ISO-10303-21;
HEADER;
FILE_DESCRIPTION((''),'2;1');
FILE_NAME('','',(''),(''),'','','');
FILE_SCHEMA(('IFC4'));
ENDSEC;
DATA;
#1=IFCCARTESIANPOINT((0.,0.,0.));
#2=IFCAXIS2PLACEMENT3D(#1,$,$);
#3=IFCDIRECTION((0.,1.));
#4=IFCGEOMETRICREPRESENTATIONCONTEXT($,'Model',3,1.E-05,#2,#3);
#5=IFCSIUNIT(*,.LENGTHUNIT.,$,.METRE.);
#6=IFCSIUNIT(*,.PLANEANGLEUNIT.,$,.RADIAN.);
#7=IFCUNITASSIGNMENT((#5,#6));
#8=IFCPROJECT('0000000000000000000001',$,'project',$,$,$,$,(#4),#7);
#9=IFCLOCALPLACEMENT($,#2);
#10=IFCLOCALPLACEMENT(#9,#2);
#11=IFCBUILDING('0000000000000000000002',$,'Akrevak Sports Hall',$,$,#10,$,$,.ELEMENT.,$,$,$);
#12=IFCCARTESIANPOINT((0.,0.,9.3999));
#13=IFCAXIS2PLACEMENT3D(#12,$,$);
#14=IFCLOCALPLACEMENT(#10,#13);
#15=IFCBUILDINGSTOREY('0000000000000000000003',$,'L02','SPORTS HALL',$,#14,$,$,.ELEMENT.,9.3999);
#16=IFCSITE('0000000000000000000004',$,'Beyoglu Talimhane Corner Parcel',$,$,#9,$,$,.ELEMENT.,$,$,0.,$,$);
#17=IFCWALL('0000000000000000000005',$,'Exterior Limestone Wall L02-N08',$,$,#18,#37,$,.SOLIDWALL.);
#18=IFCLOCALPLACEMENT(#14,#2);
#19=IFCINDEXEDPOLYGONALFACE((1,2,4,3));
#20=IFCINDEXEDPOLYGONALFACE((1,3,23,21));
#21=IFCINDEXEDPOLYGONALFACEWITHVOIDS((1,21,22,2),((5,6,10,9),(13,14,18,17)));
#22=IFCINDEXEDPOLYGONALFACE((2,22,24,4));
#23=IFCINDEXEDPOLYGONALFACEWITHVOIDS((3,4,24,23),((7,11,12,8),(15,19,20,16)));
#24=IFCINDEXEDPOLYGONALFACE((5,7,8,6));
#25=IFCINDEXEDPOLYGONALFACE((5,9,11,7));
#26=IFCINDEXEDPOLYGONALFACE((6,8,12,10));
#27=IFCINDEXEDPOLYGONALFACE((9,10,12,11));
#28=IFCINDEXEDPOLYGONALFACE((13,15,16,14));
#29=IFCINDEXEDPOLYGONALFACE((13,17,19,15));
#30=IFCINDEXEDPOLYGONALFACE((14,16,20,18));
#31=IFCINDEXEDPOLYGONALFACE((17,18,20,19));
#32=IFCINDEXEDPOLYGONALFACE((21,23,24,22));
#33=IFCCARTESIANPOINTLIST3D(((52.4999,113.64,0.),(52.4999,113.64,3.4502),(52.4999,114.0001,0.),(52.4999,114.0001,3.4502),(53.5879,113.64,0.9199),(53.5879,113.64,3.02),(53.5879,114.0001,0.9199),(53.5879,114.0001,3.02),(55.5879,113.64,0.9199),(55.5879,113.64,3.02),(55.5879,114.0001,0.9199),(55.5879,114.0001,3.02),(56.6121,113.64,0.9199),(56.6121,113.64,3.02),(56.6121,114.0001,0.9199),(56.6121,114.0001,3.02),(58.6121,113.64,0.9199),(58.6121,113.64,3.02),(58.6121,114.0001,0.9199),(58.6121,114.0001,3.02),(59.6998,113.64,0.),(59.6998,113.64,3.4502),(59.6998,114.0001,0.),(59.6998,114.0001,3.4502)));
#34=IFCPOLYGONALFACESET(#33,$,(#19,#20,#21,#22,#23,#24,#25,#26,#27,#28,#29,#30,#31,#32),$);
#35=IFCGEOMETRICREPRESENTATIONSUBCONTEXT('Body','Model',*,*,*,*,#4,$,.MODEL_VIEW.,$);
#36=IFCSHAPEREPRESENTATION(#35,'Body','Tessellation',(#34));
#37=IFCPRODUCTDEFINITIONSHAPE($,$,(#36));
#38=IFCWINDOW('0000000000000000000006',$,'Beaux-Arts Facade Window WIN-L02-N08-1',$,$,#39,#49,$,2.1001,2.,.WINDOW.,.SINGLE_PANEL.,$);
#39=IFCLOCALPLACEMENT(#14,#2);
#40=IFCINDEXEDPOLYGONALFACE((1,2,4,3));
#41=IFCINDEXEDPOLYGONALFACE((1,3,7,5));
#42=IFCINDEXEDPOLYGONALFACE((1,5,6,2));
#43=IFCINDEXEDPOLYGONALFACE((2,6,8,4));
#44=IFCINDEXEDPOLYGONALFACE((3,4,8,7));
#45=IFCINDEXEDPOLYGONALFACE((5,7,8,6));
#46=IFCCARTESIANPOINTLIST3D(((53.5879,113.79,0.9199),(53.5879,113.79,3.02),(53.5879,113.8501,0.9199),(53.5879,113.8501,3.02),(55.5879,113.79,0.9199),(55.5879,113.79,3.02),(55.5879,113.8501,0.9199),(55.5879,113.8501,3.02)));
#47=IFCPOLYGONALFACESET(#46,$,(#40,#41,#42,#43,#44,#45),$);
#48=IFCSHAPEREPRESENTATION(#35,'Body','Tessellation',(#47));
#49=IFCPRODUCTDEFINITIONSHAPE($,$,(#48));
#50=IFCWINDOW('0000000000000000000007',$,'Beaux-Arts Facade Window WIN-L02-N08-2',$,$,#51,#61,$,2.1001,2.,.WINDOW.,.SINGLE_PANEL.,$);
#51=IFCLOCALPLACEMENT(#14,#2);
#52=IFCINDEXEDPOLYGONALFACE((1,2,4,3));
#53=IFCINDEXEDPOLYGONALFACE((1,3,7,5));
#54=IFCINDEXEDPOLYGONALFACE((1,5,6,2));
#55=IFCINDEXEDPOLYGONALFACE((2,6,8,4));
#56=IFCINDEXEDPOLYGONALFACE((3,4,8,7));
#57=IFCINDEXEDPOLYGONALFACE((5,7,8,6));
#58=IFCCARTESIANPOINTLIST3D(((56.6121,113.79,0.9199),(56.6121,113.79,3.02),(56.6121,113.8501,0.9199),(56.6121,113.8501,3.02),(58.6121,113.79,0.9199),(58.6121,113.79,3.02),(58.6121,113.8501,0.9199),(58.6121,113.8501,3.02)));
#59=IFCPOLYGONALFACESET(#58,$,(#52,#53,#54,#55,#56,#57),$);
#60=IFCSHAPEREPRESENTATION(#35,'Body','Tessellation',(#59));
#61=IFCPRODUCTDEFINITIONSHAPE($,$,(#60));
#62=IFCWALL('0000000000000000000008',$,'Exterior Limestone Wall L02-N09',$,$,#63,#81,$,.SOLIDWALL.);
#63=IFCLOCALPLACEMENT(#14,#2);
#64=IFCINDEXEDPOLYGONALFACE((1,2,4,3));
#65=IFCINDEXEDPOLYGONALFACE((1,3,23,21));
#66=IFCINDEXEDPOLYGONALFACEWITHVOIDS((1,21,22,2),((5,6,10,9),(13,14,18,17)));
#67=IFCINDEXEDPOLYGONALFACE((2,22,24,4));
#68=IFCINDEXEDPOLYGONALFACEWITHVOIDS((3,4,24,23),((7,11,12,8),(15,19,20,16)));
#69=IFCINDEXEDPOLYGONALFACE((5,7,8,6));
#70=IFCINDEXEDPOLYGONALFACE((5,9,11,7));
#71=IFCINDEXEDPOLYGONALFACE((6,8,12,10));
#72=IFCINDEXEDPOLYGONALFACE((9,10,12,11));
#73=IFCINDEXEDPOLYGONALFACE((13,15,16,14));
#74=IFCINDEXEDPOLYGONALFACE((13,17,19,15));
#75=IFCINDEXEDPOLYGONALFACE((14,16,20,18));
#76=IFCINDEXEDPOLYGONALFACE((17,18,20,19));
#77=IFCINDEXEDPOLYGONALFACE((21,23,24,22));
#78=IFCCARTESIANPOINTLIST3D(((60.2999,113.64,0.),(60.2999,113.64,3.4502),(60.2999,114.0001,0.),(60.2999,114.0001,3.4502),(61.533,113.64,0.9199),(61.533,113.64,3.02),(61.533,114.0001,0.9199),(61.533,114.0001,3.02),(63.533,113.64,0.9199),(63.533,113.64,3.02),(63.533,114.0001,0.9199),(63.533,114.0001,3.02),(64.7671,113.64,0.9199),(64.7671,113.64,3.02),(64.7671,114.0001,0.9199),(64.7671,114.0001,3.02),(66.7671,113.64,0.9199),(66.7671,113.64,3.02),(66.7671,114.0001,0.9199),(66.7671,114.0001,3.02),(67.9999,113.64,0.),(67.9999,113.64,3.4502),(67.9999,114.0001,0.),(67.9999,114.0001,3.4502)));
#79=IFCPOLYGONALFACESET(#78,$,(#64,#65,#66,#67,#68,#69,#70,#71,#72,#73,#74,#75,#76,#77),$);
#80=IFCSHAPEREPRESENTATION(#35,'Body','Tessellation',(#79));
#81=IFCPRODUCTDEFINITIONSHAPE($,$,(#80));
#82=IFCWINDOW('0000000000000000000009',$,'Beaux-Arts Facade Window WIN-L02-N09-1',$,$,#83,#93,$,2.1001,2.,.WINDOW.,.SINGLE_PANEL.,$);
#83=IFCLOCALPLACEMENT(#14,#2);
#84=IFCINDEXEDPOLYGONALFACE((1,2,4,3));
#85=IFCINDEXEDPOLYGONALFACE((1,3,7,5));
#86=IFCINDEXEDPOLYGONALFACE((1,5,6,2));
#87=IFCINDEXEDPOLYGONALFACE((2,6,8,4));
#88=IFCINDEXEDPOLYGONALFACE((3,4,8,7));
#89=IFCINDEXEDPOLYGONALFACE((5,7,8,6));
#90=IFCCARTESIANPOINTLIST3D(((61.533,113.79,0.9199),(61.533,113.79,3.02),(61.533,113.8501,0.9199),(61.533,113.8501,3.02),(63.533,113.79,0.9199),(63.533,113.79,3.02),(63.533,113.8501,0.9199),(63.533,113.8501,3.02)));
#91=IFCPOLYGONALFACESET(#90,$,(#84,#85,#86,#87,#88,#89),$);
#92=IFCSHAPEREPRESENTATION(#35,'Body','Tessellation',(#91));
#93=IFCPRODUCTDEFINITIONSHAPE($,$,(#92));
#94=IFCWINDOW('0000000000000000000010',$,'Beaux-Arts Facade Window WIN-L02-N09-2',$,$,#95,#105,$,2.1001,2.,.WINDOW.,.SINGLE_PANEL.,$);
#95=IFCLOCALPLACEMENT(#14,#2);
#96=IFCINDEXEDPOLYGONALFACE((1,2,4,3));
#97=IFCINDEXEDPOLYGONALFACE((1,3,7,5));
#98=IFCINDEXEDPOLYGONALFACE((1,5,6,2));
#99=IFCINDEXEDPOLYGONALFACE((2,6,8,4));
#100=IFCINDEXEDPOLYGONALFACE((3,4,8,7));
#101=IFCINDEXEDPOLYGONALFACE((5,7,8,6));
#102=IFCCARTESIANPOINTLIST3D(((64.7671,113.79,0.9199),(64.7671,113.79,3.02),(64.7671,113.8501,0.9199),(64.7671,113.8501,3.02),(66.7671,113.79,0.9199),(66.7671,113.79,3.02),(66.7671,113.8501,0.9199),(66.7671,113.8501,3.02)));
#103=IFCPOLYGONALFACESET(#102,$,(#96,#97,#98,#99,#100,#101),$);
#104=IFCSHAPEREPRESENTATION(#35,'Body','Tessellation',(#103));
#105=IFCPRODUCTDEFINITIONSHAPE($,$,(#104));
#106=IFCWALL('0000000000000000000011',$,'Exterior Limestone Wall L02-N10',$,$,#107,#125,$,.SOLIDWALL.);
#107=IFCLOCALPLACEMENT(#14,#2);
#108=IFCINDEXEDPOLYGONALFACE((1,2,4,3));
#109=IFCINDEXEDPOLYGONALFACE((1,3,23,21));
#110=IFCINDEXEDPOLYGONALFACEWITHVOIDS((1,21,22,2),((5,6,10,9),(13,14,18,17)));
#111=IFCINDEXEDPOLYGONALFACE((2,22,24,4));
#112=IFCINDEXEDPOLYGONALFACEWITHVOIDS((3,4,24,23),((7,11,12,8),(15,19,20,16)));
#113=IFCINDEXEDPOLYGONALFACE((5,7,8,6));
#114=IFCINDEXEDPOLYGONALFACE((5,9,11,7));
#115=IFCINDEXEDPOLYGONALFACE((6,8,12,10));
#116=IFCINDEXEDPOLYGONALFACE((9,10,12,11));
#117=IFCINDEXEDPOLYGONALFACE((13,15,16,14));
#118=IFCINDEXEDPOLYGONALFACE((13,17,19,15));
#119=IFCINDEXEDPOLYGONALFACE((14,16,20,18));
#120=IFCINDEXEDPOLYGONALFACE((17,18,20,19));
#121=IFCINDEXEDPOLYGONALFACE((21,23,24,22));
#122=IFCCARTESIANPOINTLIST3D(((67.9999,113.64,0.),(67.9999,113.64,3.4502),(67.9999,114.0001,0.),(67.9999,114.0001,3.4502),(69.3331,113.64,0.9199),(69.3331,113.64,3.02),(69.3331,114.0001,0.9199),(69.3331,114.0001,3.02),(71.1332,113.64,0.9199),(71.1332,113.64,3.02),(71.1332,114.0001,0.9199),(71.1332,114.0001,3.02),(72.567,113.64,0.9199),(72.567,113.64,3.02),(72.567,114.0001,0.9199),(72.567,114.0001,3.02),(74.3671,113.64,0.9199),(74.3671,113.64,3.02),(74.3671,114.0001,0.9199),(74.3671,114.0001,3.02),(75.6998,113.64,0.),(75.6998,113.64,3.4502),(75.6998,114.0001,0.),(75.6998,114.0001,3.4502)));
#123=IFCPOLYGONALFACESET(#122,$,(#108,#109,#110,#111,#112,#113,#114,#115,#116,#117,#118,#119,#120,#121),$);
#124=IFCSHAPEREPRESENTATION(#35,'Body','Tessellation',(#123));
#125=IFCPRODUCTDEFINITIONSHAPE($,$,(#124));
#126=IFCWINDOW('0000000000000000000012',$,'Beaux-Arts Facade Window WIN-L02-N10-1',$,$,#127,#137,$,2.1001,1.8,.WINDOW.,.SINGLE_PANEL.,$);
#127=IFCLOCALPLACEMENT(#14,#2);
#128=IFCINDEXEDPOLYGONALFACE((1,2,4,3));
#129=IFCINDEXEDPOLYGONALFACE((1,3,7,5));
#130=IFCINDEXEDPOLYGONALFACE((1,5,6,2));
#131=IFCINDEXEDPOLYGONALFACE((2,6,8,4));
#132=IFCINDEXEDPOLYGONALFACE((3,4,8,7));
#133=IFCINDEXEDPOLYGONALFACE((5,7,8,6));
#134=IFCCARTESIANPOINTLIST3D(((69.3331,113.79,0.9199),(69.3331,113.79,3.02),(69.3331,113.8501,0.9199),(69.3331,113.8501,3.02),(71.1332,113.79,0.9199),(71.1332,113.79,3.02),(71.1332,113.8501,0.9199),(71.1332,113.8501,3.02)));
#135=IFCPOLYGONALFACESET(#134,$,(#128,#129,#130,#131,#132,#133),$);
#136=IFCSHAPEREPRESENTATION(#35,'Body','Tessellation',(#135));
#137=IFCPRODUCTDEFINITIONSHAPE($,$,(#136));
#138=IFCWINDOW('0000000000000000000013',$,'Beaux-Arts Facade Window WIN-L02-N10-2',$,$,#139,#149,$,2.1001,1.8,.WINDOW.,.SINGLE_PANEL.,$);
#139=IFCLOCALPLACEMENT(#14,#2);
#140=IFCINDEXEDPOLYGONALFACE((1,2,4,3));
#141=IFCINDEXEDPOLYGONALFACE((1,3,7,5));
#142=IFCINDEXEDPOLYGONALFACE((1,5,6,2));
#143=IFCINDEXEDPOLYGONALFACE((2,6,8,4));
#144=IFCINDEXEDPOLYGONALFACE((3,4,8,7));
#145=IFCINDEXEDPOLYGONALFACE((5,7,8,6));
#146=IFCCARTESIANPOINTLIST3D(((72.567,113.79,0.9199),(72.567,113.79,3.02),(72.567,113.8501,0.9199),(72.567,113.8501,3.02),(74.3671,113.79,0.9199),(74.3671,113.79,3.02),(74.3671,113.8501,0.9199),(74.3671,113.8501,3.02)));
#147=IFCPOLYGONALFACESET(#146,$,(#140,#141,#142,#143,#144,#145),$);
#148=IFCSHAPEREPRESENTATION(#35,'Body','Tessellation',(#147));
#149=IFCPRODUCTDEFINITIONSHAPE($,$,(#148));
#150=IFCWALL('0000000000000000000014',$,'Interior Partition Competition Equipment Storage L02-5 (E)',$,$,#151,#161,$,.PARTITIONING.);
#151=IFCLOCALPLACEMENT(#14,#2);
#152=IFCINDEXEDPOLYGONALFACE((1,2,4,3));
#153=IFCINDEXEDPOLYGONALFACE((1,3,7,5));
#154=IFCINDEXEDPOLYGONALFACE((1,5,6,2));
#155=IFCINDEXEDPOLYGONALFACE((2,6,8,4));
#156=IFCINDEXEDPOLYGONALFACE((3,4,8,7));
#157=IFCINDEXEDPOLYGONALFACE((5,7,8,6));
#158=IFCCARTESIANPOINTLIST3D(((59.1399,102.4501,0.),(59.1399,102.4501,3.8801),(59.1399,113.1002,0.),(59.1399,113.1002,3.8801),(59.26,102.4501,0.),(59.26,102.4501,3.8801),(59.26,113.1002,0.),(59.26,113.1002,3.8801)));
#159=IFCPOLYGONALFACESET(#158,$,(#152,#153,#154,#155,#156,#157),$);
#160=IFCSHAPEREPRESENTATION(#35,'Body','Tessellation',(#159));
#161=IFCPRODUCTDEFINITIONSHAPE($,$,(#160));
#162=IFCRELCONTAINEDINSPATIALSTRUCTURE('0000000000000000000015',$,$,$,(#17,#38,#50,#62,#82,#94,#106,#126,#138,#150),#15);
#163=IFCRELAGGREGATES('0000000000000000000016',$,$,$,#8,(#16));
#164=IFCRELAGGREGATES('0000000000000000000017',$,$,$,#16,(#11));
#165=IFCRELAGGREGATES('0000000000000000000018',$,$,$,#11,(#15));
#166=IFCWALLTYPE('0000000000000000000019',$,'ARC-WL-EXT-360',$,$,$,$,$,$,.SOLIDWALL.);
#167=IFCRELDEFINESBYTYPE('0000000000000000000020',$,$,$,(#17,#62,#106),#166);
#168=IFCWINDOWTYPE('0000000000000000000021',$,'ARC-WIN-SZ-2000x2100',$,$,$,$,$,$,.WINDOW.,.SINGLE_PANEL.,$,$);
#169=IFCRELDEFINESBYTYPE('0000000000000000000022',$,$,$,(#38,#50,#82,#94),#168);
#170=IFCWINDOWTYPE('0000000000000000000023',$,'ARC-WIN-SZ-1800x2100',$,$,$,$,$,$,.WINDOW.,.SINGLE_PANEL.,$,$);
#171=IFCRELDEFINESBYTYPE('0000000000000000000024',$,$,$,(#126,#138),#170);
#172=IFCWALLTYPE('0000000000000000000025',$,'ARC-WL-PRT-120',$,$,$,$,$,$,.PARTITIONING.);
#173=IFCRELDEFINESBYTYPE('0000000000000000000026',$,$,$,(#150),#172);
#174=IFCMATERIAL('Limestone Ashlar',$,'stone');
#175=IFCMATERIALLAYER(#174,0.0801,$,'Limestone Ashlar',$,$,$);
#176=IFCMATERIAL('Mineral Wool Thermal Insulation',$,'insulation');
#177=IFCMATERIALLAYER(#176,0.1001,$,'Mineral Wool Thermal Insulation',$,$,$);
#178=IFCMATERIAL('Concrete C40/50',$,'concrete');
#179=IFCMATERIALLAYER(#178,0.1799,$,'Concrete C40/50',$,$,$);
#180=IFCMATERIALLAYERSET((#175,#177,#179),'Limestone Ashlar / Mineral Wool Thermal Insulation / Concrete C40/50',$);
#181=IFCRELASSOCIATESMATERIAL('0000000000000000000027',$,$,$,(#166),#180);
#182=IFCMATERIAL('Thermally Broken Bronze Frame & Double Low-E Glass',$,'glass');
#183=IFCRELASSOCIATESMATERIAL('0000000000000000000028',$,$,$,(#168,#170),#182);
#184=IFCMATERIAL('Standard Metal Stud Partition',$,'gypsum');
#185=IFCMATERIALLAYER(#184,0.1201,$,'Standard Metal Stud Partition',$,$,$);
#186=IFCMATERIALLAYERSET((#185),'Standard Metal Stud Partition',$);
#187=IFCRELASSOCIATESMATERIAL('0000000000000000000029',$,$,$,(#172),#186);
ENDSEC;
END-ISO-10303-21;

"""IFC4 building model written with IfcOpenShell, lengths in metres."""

from ifc_helpers import new_model, si_unit, direction, frame, frame_2d, origin, place, context, subcontext, project, spatial, rectangle, extrude, material, layer, layer_set, type_object, element, fill, save


model = new_model("IFC4")

# Units and contexts
model_context = context("Model", 3, precision=1e-05, world=origin(), true_north=direction((0.0, 1.0)))
body_context = subcontext(model_context, "Body", "Model", "MODEL_VIEW")
ifc_project = project(units=[si_unit("LENGTHUNIT", "METRE"), si_unit("PLANEANGLEUNIT", "RADIAN")], contexts=[model_context])

# Site, building, storey
site_placement = place(None, origin())
site = spatial("IfcSite", under=ifc_project, at=site_placement, Name="Beyoglu Talimhane Corner Parcel", CompositionType="ELEMENT", RefElevation=0.0)
building_placement = place(site_placement, origin())
building = spatial("IfcBuilding", under=site, at=building_placement, Name="Akrevak Sports Hall", CompositionType="ELEMENT")
storey_placement = place(building_placement, frame((0.0, 0.0, 9.3999)))
storey = spatial("IfcBuildingStorey", under=building, at=storey_placement, Name="L02", Description="SPORTS HALL", CompositionType="ELEMENT", Elevation=9.3999)

# Shared definitions
ifc_material_1 = material(Name="Concrete C40/50", Category="concrete")

# Walls, openings, windows
ifc_material_2 = material(Name="Limestone Ashlar", Category="stone")
ifc_layer_1 = layer(ifc_material_2, 0.0801, Name="Limestone Ashlar")
ifc_material_3 = material(Name="Mineral Wool Thermal Insulation", Category="insulation")
ifc_layer_2 = layer(ifc_material_3, 0.1001, Name="Mineral Wool Thermal Insulation")
ifc_layer_3 = layer(ifc_material_1, 0.1799, Name="Concrete C40/50")
ifc_layer_set_1 = layer_set([ifc_layer_1, ifc_layer_2, ifc_layer_3], Name="Limestone Ashlar / Mineral Wool Thermal Insulation / Concrete C40/50")
wall_type_1 = type_object("IfcWallType", Name="ARC-WL-EXT-360", PredefinedType="SOLIDWALL", material=ifc_layer_set_1)
ifc_material_4 = material(Name="Thermally Broken Bronze Frame & Double Low-E Glass", Category="glass")
window_type_1 = type_object("IfcWindowType", Name="ARC-WIN-SZ-2000x2100", PartitioningType="SINGLE_PANEL", PredefinedType="WINDOW", material=ifc_material_4)
wall_1_placement = place(storey_placement, frame((59.7, 113.8201, 0.0), z_axis=(0.0, 0.0, 1.0), x_axis=(-1.0, 0.0, 0.0)))
wall_1 = element("IfcWall", 1, at=wall_1_placement, inside=storey, type_object=wall_type_1, Name="Exterior Limestone Wall L02-N08", PredefinedType="SOLIDWALL", context=body_context, shape_type="SweptSolid", body=[
    extrude(rectangle(XDim=7.2, YDim=0.3601, at=frame_2d((3.6001, 0.0))), origin(), (0.0, 0.0, 1.0), 3.4502),
])
opening_1_placement = place(wall_1_placement, frame((4.1121, 0.0, 0.9199)))
opening_1 = element("IfcOpeningElement", 2, at=opening_1_placement, cuts=wall_1, PredefinedType="OPENING", context=body_context, shape_type="SweptSolid", body=[
    extrude(rectangle(XDim=2.0, YDim=2.1001, at=frame_2d((1.0, 1.05))), frame((0.0, 0.1919, 0.0), z_axis=(0.0, -1.0, 0.0), x_axis=(1.0, 0.0, 0.0)), (0.0, 0.0, 1.0), 0.384),
])
opening_2_placement = place(wall_1_placement, frame((1.0879, 0.0, 0.9199)))
opening_2 = element("IfcOpeningElement", 3, at=opening_2_placement, cuts=wall_1, PredefinedType="OPENING", context=body_context, shape_type="SweptSolid", body=[
    extrude(rectangle(XDim=2.0, YDim=2.1001, at=frame_2d((1.0, 1.05))), frame((0.0, 0.1919, 0.0), z_axis=(0.0, -1.0, 0.0), x_axis=(1.0, 0.0, 0.0)), (0.0, 0.0, 1.0), 0.384),
])
window_1_placement = place(opening_1_placement, origin())
window_1 = element("IfcWindow", 4, at=window_1_placement, inside=storey, type_object=window_type_1, Name="Beaux-Arts Facade Window WIN-L02-N08-1", OverallHeight=2.1001, OverallWidth=2.0, PartitioningType="SINGLE_PANEL", PredefinedType="WINDOW", context=body_context, shape_type="SweptSolid", body=[
    extrude(rectangle(XDim=2.0, YDim=2.1001, at=frame_2d((1.0, 1.05))), frame((0.0, 0.03, 0.0), z_axis=(0.0, -1.0, 0.0), x_axis=(1.0, 0.0, 0.0)), (0.0, 0.0, 1.0), 0.0601),
])
fill(opening_1, window_1)
window_2_placement = place(opening_2_placement, origin())
window_2 = element("IfcWindow", 5, at=window_2_placement, inside=storey, type_object=window_type_1, Name="Beaux-Arts Facade Window WIN-L02-N08-2", OverallHeight=2.1001, OverallWidth=2.0, PartitioningType="SINGLE_PANEL", PredefinedType="WINDOW", context=body_context, shape_type="SweptSolid", body=[
    extrude(rectangle(XDim=2.0, YDim=2.1001, at=frame_2d((1.0, 1.05))), frame((0.0, 0.03, 0.0), z_axis=(0.0, -1.0, 0.0), x_axis=(1.0, 0.0, 0.0)), (0.0, 0.0, 1.0), 0.0601),
])
fill(opening_2, window_2)
wall_2_placement = place(storey_placement, frame((68.0, 113.8201, 0.0), z_axis=(0.0, 0.0, 1.0), x_axis=(-1.0, 0.0, 0.0)))
wall_2 = element("IfcWall", 6, at=wall_2_placement, inside=storey, type_object=wall_type_1, Name="Exterior Limestone Wall L02-N09", PredefinedType="SOLIDWALL", context=body_context, shape_type="SweptSolid", body=[
    extrude(rectangle(XDim=7.7, YDim=0.3601, at=frame_2d((3.8501, 0.0))), origin(), (0.0, 0.0, 1.0), 3.4502),
])
opening_3_placement = place(wall_2_placement, frame((4.467, 0.0, 0.9199)))
opening_3 = element("IfcOpeningElement", 7, at=opening_3_placement, cuts=wall_2, PredefinedType="OPENING", context=body_context, shape_type="SweptSolid", body=[
    extrude(rectangle(XDim=2.0, YDim=2.1001, at=frame_2d((1.0, 1.05))), frame((0.0, 0.1919, 0.0), z_axis=(0.0, -1.0, 0.0), x_axis=(1.0, 0.0, 0.0)), (0.0, 0.0, 1.0), 0.384),
])
opening_4_placement = place(wall_2_placement, frame((1.2329, 0.0, 0.9199)))
opening_4 = element("IfcOpeningElement", 8, at=opening_4_placement, cuts=wall_2, PredefinedType="OPENING", context=body_context, shape_type="SweptSolid", body=[
    extrude(rectangle(XDim=2.0, YDim=2.1001, at=frame_2d((1.0, 1.05))), frame((0.0, 0.1919, 0.0), z_axis=(0.0, -1.0, 0.0), x_axis=(1.0, 0.0, 0.0)), (0.0, 0.0, 1.0), 0.384),
])
window_3_placement = place(opening_3_placement, origin())
window_3 = element("IfcWindow", 9, at=window_3_placement, inside=storey, type_object=window_type_1, Name="Beaux-Arts Facade Window WIN-L02-N09-1", OverallHeight=2.1001, OverallWidth=2.0, PartitioningType="SINGLE_PANEL", PredefinedType="WINDOW", context=body_context, shape_type="SweptSolid", body=[
    extrude(rectangle(XDim=2.0, YDim=2.1001, at=frame_2d((1.0, 1.05))), frame((0.0, 0.03, 0.0), z_axis=(0.0, -1.0, 0.0), x_axis=(1.0, 0.0, 0.0)), (0.0, 0.0, 1.0), 0.0601),
])
fill(opening_3, window_3)
window_4_placement = place(opening_4_placement, origin())
window_4 = element("IfcWindow", 10, at=window_4_placement, inside=storey, type_object=window_type_1, Name="Beaux-Arts Facade Window WIN-L02-N09-2", OverallHeight=2.1001, OverallWidth=2.0, PartitioningType="SINGLE_PANEL", PredefinedType="WINDOW", context=body_context, shape_type="SweptSolid", body=[
    extrude(rectangle(XDim=2.0, YDim=2.1001, at=frame_2d((1.0, 1.05))), frame((0.0, 0.03, 0.0), z_axis=(0.0, -1.0, 0.0), x_axis=(1.0, 0.0, 0.0)), (0.0, 0.0, 1.0), 0.0601),
])
fill(opening_4, window_4)
wall_3_placement = place(storey_placement, frame((75.7, 113.8201, 0.0), z_axis=(0.0, 0.0, 1.0), x_axis=(-1.0, 0.0, 0.0)))
wall_3 = element("IfcWall", 11, at=wall_3_placement, inside=storey, type_object=wall_type_1, Name="Exterior Limestone Wall L02-N10", PredefinedType="SOLIDWALL", context=body_context, shape_type="SweptSolid", body=[
    extrude(rectangle(XDim=7.7, YDim=0.3601, at=frame_2d((3.8501, 0.0))), origin(), (0.0, 0.0, 1.0), 3.4502),
])
opening_5_placement = place(wall_3_placement, frame((4.5669, 0.0, 0.9199)))
opening_5 = element("IfcOpeningElement", 12, at=opening_5_placement, cuts=wall_3, PredefinedType="OPENING", context=body_context, shape_type="SweptSolid", body=[
    extrude(rectangle(XDim=1.8, YDim=2.1001, at=frame_2d((0.8999, 1.05))), frame((0.0, 0.1919, 0.0), z_axis=(0.0, -1.0, 0.0), x_axis=(1.0, 0.0, 0.0)), (0.0, 0.0, 1.0), 0.384),
])
opening_6_placement = place(wall_3_placement, frame((1.333, 0.0, 0.9199)))
opening_6 = element("IfcOpeningElement", 13, at=opening_6_placement, cuts=wall_3, PredefinedType="OPENING", context=body_context, shape_type="SweptSolid", body=[
    extrude(rectangle(XDim=1.8, YDim=2.1001, at=frame_2d((0.8999, 1.05))), frame((0.0, 0.1919, 0.0), z_axis=(0.0, -1.0, 0.0), x_axis=(1.0, 0.0, 0.0)), (0.0, 0.0, 1.0), 0.384),
])
window_type_2 = type_object("IfcWindowType", Name="ARC-WIN-SZ-1800x2100", PartitioningType="SINGLE_PANEL", PredefinedType="WINDOW", material=ifc_material_4)
window_5_placement = place(opening_5_placement, origin())
window_5 = element("IfcWindow", 14, at=window_5_placement, inside=storey, type_object=window_type_2, Name="Beaux-Arts Facade Window WIN-L02-N10-1", OverallHeight=2.1001, OverallWidth=1.8, PartitioningType="SINGLE_PANEL", PredefinedType="WINDOW", context=body_context, shape_type="SweptSolid", body=[
    extrude(rectangle(XDim=1.8, YDim=2.1001, at=frame_2d((0.8999, 1.05))), frame((0.0, 0.03, 0.0), z_axis=(0.0, -1.0, 0.0), x_axis=(1.0, 0.0, 0.0)), (0.0, 0.0, 1.0), 0.0601),
])
fill(opening_5, window_5)
window_6_placement = place(opening_6_placement, origin())
window_6 = element("IfcWindow", 15, at=window_6_placement, inside=storey, type_object=window_type_2, Name="Beaux-Arts Facade Window WIN-L02-N10-2", OverallHeight=2.1001, OverallWidth=1.8, PartitioningType="SINGLE_PANEL", PredefinedType="WINDOW", context=body_context, shape_type="SweptSolid", body=[
    extrude(rectangle(XDim=1.8, YDim=2.1001, at=frame_2d((0.8999, 1.05))), frame((0.0, 0.03, 0.0), z_axis=(0.0, -1.0, 0.0), x_axis=(1.0, 0.0, 0.0)), (0.0, 0.0, 1.0), 0.0601),
])
fill(opening_6, window_6)

# Wall
ifc_material_5 = material(Name="Standard Metal Stud Partition", Category="gypsum")
ifc_layer_4 = layer(ifc_material_5, 0.1201, Name="Standard Metal Stud Partition")
ifc_layer_set_2 = layer_set([ifc_layer_4], Name="Standard Metal Stud Partition")
wall_type_2 = type_object("IfcWallType", Name="ARC-WL-PRT-120", PredefinedType="PARTITIONING", material=ifc_layer_set_2)
wall_4_placement = place(storey_placement, frame((59.2, 102.45, 0.0), z_axis=(0.0, 0.0, 1.0), x_axis=(0.0, 1.0, 0.0)))
element("IfcWall", 16, at=wall_4_placement, inside=storey, type_object=wall_type_2, Name="Interior Partition Competition Equipment Storage L02-5 (E)", PredefinedType="PARTITIONING", context=body_context, shape_type="SweptSolid", body=[
    extrude(rectangle(XDim=10.6501, YDim=0.1201, at=frame_2d((5.3252, 0.0))), origin(), (0.0, 0.0, 1.0), 3.8801),
])

save(model, "model.ifc")
